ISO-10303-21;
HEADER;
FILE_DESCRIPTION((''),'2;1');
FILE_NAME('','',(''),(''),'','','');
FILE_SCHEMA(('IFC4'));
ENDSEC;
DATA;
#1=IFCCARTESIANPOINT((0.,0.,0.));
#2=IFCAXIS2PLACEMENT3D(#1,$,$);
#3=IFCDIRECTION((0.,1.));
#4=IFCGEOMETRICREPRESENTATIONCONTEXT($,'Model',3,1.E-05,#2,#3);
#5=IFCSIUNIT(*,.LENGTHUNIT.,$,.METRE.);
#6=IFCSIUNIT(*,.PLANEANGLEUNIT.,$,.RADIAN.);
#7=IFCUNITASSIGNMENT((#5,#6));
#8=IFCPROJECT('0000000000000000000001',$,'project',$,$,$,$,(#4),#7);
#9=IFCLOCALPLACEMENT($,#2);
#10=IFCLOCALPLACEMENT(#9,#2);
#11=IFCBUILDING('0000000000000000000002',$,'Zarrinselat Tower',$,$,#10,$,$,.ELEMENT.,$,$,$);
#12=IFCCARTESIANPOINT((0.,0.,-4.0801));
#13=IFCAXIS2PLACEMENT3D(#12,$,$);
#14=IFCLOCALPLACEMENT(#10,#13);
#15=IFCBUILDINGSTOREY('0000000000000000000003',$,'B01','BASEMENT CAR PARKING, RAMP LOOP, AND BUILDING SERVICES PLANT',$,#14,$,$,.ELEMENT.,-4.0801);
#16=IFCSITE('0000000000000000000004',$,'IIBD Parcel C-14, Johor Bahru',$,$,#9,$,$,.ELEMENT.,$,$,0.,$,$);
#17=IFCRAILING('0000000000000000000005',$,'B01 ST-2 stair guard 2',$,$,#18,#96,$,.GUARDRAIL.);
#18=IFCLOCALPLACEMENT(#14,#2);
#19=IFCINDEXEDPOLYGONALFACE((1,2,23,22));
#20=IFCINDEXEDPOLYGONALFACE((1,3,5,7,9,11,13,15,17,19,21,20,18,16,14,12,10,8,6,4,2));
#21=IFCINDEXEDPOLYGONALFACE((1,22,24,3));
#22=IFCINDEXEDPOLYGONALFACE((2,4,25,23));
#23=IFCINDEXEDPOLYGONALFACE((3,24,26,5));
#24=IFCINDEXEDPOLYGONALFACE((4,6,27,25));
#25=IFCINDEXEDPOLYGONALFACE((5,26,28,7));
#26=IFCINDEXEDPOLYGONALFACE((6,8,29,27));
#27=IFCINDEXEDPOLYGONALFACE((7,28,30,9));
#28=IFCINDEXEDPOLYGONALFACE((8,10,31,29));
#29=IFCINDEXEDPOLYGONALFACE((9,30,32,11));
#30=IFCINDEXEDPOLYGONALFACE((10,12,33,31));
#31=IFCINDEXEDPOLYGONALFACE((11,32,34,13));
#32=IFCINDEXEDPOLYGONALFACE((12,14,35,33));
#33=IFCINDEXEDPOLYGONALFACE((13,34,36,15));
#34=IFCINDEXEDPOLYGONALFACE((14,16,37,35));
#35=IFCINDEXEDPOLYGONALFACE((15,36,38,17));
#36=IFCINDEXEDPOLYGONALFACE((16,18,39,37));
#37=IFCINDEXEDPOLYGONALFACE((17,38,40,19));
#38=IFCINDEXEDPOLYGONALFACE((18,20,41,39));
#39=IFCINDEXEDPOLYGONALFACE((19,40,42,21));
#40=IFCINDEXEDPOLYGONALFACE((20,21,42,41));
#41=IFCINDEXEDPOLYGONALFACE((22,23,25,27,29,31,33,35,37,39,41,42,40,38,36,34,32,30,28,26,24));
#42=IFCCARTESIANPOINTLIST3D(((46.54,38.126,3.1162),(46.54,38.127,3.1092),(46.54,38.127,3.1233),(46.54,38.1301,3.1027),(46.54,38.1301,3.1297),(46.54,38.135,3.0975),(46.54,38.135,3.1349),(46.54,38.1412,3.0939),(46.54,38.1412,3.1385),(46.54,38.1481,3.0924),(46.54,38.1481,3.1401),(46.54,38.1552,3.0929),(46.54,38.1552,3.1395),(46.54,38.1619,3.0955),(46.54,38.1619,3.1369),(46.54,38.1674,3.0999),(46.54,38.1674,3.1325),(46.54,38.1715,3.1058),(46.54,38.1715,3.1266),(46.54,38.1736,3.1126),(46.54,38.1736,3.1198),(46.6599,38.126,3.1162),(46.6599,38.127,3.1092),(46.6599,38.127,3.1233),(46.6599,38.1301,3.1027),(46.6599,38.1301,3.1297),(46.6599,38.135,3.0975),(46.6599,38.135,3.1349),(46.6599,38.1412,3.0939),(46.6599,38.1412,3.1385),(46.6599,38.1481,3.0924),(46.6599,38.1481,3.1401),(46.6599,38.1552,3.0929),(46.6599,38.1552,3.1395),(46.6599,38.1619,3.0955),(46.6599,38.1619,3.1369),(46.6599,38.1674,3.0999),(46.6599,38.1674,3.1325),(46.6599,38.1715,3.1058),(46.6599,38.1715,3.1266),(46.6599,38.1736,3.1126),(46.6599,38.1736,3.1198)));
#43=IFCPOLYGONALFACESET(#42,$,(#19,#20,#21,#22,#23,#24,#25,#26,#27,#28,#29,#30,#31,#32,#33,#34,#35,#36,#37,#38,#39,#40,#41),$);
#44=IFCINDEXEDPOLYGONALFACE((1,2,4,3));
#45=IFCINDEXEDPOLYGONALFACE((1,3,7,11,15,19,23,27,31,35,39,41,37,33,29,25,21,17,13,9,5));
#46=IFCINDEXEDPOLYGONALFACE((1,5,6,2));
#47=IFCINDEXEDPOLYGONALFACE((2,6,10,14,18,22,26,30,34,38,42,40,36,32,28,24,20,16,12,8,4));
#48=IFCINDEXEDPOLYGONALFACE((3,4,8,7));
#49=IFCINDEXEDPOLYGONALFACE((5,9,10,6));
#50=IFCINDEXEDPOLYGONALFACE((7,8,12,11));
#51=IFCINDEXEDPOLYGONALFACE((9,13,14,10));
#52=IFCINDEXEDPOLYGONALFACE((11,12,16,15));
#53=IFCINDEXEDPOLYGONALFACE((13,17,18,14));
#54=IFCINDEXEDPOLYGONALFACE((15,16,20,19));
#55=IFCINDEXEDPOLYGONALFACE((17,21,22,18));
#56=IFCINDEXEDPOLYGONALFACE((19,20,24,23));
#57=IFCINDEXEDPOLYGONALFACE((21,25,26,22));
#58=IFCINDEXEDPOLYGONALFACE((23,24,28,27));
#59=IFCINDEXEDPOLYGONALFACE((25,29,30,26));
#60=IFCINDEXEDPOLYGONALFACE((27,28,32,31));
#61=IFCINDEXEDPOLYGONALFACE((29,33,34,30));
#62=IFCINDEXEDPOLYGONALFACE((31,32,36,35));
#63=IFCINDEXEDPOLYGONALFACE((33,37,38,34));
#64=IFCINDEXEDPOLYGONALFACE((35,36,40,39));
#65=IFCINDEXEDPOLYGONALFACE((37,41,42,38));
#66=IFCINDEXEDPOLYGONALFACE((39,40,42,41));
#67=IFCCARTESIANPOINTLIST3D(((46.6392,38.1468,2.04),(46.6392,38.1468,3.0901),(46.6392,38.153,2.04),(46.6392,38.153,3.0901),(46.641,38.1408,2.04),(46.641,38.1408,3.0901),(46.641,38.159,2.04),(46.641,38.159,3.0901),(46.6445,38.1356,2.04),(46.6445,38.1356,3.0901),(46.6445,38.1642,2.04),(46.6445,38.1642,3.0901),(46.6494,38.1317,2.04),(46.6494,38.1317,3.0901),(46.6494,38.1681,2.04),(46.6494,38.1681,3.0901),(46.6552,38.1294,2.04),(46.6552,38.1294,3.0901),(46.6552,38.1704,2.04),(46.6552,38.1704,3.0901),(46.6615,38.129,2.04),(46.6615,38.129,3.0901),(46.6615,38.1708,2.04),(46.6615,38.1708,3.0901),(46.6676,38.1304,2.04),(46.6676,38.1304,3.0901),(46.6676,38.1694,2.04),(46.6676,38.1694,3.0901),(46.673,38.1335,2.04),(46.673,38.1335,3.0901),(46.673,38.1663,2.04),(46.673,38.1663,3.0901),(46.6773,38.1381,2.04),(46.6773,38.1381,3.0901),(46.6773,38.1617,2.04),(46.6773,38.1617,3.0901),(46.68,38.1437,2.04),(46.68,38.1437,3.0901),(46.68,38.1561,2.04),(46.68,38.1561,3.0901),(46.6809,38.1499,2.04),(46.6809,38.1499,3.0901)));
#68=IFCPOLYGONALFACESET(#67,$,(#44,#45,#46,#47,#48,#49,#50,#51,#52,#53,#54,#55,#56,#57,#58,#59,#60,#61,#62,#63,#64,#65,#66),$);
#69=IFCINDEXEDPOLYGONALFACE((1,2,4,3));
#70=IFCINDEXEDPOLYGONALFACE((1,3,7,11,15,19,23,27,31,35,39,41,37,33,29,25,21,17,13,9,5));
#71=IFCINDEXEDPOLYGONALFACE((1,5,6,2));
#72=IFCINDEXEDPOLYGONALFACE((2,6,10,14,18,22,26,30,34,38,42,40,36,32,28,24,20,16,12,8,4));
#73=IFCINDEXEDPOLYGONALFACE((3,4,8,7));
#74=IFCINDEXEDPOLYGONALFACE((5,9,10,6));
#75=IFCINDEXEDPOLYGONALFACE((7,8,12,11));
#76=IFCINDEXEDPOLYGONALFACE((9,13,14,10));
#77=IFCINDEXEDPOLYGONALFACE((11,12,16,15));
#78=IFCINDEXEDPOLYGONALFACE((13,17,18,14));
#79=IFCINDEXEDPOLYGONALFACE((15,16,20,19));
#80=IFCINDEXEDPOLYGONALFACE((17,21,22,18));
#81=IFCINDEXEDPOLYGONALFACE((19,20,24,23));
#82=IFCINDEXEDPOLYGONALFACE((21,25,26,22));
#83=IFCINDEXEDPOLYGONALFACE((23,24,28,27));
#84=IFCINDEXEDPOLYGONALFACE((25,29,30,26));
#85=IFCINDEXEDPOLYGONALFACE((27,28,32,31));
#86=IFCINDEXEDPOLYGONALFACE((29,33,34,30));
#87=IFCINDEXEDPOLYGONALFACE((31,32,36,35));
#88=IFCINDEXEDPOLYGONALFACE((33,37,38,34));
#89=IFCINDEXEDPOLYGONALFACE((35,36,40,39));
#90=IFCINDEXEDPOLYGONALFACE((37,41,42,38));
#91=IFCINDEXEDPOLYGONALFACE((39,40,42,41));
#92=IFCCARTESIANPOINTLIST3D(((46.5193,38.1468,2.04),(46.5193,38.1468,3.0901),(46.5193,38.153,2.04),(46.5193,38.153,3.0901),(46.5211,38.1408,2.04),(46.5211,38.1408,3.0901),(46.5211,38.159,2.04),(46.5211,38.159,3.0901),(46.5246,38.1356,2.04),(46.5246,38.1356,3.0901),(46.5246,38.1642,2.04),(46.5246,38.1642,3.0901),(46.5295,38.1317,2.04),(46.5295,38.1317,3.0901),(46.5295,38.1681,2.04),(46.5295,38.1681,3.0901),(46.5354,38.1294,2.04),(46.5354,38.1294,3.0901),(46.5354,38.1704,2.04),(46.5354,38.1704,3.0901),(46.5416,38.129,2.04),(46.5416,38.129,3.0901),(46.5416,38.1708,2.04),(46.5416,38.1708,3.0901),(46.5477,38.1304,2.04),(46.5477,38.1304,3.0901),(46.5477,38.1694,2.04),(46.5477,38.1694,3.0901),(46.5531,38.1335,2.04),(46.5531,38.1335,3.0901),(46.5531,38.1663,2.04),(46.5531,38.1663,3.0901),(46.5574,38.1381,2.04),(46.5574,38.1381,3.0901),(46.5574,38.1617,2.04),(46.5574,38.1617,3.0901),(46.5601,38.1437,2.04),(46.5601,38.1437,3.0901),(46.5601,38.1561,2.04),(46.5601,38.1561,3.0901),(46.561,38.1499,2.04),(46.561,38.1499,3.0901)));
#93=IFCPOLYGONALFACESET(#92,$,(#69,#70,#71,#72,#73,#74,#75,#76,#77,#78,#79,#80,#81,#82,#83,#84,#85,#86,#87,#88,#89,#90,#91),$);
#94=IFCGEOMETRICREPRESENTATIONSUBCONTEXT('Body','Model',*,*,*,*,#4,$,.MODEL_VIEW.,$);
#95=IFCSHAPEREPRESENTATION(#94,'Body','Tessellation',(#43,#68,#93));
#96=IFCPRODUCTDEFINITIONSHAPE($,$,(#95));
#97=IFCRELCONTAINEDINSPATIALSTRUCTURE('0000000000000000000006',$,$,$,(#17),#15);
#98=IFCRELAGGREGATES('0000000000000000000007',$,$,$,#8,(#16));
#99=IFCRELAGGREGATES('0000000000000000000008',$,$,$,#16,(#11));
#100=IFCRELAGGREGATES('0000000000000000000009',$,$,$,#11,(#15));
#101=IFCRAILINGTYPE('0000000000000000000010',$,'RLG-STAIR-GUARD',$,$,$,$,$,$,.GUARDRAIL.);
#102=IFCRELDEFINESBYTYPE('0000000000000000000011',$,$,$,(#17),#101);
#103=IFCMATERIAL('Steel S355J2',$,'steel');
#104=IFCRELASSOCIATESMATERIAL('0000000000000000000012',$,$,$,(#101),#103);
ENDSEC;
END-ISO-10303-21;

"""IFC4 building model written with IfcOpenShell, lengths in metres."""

from ifc_helpers import new_model, si_unit, direction, frame, origin, origin_2d, place, context, subcontext, project, spatial, circle, extrude, material, type_object, element, save


model = new_model("IFC4")

# Units and contexts
model_context = context("Model", 3, precision=1e-05, world=origin(), true_north=direction((0.0, 1.0)))
body_context = subcontext(model_context, "Body", "Model", "MODEL_VIEW")
ifc_project = project(units=[si_unit("LENGTHUNIT", "METRE"), si_unit("PLANEANGLEUNIT", "RADIAN")], contexts=[model_context])

# Site, building, storey
site_placement = place(None, origin())
site = spatial("IfcSite", under=ifc_project, at=site_placement, Name="IIBD Parcel C-14, Johor Bahru", CompositionType="ELEMENT", RefElevation=0.0)
building_placement = place(site_placement, origin())
building = spatial("IfcBuilding", under=site, at=building_placement, Name="Zarrinselat Tower", CompositionType="ELEMENT")
storey_placement = place(building_placement, frame((0.0, 0.0, -4.0801)))
storey = spatial("IfcBuildingStorey", under=building, at=storey_placement, Name="B01", Description="BASEMENT CAR PARKING, RAMP LOOP, AND BUILDING SERVICES PLANT", CompositionType="ELEMENT", Elevation=-4.0801)

# Railing
ifc_material_1 = material(Name="Steel S355J2", Category="steel")
railing_type = type_object("IfcRailingType", Name="RLG-STAIR-GUARD", PredefinedType="GUARDRAIL", material=ifc_material_1)
railing_1_placement = place(storey_placement, frame((46.6599, 38.1499, 2.04)))
element("IfcRailing", 1, at=railing_1_placement, inside=storey, type_object=railing_type, Name="B01 ST-2 stair guard 2", PredefinedType="GUARDRAIL", context=body_context, shape_type="SweptSolid", body=[
    extrude(circle(Radius=0.0239, at=origin_2d()), frame((0.0, 0.0, 1.0762), z_axis=(-1.0, 0.0, 0.0), x_axis=(0.0, -1.0, 0.0)), (0.0, 0.0, 1.0), 0.1199),
    extrude(circle(Radius=0.021, at=origin_2d()), origin(), (0.0, 0.0, 1.0), 1.05),
    extrude(circle(Radius=0.021, at=origin_2d()), frame((-0.1199, 0.0, 0.0)), (0.0, 0.0, 1.0), 1.05),
])

save(model, "model.ifc")
